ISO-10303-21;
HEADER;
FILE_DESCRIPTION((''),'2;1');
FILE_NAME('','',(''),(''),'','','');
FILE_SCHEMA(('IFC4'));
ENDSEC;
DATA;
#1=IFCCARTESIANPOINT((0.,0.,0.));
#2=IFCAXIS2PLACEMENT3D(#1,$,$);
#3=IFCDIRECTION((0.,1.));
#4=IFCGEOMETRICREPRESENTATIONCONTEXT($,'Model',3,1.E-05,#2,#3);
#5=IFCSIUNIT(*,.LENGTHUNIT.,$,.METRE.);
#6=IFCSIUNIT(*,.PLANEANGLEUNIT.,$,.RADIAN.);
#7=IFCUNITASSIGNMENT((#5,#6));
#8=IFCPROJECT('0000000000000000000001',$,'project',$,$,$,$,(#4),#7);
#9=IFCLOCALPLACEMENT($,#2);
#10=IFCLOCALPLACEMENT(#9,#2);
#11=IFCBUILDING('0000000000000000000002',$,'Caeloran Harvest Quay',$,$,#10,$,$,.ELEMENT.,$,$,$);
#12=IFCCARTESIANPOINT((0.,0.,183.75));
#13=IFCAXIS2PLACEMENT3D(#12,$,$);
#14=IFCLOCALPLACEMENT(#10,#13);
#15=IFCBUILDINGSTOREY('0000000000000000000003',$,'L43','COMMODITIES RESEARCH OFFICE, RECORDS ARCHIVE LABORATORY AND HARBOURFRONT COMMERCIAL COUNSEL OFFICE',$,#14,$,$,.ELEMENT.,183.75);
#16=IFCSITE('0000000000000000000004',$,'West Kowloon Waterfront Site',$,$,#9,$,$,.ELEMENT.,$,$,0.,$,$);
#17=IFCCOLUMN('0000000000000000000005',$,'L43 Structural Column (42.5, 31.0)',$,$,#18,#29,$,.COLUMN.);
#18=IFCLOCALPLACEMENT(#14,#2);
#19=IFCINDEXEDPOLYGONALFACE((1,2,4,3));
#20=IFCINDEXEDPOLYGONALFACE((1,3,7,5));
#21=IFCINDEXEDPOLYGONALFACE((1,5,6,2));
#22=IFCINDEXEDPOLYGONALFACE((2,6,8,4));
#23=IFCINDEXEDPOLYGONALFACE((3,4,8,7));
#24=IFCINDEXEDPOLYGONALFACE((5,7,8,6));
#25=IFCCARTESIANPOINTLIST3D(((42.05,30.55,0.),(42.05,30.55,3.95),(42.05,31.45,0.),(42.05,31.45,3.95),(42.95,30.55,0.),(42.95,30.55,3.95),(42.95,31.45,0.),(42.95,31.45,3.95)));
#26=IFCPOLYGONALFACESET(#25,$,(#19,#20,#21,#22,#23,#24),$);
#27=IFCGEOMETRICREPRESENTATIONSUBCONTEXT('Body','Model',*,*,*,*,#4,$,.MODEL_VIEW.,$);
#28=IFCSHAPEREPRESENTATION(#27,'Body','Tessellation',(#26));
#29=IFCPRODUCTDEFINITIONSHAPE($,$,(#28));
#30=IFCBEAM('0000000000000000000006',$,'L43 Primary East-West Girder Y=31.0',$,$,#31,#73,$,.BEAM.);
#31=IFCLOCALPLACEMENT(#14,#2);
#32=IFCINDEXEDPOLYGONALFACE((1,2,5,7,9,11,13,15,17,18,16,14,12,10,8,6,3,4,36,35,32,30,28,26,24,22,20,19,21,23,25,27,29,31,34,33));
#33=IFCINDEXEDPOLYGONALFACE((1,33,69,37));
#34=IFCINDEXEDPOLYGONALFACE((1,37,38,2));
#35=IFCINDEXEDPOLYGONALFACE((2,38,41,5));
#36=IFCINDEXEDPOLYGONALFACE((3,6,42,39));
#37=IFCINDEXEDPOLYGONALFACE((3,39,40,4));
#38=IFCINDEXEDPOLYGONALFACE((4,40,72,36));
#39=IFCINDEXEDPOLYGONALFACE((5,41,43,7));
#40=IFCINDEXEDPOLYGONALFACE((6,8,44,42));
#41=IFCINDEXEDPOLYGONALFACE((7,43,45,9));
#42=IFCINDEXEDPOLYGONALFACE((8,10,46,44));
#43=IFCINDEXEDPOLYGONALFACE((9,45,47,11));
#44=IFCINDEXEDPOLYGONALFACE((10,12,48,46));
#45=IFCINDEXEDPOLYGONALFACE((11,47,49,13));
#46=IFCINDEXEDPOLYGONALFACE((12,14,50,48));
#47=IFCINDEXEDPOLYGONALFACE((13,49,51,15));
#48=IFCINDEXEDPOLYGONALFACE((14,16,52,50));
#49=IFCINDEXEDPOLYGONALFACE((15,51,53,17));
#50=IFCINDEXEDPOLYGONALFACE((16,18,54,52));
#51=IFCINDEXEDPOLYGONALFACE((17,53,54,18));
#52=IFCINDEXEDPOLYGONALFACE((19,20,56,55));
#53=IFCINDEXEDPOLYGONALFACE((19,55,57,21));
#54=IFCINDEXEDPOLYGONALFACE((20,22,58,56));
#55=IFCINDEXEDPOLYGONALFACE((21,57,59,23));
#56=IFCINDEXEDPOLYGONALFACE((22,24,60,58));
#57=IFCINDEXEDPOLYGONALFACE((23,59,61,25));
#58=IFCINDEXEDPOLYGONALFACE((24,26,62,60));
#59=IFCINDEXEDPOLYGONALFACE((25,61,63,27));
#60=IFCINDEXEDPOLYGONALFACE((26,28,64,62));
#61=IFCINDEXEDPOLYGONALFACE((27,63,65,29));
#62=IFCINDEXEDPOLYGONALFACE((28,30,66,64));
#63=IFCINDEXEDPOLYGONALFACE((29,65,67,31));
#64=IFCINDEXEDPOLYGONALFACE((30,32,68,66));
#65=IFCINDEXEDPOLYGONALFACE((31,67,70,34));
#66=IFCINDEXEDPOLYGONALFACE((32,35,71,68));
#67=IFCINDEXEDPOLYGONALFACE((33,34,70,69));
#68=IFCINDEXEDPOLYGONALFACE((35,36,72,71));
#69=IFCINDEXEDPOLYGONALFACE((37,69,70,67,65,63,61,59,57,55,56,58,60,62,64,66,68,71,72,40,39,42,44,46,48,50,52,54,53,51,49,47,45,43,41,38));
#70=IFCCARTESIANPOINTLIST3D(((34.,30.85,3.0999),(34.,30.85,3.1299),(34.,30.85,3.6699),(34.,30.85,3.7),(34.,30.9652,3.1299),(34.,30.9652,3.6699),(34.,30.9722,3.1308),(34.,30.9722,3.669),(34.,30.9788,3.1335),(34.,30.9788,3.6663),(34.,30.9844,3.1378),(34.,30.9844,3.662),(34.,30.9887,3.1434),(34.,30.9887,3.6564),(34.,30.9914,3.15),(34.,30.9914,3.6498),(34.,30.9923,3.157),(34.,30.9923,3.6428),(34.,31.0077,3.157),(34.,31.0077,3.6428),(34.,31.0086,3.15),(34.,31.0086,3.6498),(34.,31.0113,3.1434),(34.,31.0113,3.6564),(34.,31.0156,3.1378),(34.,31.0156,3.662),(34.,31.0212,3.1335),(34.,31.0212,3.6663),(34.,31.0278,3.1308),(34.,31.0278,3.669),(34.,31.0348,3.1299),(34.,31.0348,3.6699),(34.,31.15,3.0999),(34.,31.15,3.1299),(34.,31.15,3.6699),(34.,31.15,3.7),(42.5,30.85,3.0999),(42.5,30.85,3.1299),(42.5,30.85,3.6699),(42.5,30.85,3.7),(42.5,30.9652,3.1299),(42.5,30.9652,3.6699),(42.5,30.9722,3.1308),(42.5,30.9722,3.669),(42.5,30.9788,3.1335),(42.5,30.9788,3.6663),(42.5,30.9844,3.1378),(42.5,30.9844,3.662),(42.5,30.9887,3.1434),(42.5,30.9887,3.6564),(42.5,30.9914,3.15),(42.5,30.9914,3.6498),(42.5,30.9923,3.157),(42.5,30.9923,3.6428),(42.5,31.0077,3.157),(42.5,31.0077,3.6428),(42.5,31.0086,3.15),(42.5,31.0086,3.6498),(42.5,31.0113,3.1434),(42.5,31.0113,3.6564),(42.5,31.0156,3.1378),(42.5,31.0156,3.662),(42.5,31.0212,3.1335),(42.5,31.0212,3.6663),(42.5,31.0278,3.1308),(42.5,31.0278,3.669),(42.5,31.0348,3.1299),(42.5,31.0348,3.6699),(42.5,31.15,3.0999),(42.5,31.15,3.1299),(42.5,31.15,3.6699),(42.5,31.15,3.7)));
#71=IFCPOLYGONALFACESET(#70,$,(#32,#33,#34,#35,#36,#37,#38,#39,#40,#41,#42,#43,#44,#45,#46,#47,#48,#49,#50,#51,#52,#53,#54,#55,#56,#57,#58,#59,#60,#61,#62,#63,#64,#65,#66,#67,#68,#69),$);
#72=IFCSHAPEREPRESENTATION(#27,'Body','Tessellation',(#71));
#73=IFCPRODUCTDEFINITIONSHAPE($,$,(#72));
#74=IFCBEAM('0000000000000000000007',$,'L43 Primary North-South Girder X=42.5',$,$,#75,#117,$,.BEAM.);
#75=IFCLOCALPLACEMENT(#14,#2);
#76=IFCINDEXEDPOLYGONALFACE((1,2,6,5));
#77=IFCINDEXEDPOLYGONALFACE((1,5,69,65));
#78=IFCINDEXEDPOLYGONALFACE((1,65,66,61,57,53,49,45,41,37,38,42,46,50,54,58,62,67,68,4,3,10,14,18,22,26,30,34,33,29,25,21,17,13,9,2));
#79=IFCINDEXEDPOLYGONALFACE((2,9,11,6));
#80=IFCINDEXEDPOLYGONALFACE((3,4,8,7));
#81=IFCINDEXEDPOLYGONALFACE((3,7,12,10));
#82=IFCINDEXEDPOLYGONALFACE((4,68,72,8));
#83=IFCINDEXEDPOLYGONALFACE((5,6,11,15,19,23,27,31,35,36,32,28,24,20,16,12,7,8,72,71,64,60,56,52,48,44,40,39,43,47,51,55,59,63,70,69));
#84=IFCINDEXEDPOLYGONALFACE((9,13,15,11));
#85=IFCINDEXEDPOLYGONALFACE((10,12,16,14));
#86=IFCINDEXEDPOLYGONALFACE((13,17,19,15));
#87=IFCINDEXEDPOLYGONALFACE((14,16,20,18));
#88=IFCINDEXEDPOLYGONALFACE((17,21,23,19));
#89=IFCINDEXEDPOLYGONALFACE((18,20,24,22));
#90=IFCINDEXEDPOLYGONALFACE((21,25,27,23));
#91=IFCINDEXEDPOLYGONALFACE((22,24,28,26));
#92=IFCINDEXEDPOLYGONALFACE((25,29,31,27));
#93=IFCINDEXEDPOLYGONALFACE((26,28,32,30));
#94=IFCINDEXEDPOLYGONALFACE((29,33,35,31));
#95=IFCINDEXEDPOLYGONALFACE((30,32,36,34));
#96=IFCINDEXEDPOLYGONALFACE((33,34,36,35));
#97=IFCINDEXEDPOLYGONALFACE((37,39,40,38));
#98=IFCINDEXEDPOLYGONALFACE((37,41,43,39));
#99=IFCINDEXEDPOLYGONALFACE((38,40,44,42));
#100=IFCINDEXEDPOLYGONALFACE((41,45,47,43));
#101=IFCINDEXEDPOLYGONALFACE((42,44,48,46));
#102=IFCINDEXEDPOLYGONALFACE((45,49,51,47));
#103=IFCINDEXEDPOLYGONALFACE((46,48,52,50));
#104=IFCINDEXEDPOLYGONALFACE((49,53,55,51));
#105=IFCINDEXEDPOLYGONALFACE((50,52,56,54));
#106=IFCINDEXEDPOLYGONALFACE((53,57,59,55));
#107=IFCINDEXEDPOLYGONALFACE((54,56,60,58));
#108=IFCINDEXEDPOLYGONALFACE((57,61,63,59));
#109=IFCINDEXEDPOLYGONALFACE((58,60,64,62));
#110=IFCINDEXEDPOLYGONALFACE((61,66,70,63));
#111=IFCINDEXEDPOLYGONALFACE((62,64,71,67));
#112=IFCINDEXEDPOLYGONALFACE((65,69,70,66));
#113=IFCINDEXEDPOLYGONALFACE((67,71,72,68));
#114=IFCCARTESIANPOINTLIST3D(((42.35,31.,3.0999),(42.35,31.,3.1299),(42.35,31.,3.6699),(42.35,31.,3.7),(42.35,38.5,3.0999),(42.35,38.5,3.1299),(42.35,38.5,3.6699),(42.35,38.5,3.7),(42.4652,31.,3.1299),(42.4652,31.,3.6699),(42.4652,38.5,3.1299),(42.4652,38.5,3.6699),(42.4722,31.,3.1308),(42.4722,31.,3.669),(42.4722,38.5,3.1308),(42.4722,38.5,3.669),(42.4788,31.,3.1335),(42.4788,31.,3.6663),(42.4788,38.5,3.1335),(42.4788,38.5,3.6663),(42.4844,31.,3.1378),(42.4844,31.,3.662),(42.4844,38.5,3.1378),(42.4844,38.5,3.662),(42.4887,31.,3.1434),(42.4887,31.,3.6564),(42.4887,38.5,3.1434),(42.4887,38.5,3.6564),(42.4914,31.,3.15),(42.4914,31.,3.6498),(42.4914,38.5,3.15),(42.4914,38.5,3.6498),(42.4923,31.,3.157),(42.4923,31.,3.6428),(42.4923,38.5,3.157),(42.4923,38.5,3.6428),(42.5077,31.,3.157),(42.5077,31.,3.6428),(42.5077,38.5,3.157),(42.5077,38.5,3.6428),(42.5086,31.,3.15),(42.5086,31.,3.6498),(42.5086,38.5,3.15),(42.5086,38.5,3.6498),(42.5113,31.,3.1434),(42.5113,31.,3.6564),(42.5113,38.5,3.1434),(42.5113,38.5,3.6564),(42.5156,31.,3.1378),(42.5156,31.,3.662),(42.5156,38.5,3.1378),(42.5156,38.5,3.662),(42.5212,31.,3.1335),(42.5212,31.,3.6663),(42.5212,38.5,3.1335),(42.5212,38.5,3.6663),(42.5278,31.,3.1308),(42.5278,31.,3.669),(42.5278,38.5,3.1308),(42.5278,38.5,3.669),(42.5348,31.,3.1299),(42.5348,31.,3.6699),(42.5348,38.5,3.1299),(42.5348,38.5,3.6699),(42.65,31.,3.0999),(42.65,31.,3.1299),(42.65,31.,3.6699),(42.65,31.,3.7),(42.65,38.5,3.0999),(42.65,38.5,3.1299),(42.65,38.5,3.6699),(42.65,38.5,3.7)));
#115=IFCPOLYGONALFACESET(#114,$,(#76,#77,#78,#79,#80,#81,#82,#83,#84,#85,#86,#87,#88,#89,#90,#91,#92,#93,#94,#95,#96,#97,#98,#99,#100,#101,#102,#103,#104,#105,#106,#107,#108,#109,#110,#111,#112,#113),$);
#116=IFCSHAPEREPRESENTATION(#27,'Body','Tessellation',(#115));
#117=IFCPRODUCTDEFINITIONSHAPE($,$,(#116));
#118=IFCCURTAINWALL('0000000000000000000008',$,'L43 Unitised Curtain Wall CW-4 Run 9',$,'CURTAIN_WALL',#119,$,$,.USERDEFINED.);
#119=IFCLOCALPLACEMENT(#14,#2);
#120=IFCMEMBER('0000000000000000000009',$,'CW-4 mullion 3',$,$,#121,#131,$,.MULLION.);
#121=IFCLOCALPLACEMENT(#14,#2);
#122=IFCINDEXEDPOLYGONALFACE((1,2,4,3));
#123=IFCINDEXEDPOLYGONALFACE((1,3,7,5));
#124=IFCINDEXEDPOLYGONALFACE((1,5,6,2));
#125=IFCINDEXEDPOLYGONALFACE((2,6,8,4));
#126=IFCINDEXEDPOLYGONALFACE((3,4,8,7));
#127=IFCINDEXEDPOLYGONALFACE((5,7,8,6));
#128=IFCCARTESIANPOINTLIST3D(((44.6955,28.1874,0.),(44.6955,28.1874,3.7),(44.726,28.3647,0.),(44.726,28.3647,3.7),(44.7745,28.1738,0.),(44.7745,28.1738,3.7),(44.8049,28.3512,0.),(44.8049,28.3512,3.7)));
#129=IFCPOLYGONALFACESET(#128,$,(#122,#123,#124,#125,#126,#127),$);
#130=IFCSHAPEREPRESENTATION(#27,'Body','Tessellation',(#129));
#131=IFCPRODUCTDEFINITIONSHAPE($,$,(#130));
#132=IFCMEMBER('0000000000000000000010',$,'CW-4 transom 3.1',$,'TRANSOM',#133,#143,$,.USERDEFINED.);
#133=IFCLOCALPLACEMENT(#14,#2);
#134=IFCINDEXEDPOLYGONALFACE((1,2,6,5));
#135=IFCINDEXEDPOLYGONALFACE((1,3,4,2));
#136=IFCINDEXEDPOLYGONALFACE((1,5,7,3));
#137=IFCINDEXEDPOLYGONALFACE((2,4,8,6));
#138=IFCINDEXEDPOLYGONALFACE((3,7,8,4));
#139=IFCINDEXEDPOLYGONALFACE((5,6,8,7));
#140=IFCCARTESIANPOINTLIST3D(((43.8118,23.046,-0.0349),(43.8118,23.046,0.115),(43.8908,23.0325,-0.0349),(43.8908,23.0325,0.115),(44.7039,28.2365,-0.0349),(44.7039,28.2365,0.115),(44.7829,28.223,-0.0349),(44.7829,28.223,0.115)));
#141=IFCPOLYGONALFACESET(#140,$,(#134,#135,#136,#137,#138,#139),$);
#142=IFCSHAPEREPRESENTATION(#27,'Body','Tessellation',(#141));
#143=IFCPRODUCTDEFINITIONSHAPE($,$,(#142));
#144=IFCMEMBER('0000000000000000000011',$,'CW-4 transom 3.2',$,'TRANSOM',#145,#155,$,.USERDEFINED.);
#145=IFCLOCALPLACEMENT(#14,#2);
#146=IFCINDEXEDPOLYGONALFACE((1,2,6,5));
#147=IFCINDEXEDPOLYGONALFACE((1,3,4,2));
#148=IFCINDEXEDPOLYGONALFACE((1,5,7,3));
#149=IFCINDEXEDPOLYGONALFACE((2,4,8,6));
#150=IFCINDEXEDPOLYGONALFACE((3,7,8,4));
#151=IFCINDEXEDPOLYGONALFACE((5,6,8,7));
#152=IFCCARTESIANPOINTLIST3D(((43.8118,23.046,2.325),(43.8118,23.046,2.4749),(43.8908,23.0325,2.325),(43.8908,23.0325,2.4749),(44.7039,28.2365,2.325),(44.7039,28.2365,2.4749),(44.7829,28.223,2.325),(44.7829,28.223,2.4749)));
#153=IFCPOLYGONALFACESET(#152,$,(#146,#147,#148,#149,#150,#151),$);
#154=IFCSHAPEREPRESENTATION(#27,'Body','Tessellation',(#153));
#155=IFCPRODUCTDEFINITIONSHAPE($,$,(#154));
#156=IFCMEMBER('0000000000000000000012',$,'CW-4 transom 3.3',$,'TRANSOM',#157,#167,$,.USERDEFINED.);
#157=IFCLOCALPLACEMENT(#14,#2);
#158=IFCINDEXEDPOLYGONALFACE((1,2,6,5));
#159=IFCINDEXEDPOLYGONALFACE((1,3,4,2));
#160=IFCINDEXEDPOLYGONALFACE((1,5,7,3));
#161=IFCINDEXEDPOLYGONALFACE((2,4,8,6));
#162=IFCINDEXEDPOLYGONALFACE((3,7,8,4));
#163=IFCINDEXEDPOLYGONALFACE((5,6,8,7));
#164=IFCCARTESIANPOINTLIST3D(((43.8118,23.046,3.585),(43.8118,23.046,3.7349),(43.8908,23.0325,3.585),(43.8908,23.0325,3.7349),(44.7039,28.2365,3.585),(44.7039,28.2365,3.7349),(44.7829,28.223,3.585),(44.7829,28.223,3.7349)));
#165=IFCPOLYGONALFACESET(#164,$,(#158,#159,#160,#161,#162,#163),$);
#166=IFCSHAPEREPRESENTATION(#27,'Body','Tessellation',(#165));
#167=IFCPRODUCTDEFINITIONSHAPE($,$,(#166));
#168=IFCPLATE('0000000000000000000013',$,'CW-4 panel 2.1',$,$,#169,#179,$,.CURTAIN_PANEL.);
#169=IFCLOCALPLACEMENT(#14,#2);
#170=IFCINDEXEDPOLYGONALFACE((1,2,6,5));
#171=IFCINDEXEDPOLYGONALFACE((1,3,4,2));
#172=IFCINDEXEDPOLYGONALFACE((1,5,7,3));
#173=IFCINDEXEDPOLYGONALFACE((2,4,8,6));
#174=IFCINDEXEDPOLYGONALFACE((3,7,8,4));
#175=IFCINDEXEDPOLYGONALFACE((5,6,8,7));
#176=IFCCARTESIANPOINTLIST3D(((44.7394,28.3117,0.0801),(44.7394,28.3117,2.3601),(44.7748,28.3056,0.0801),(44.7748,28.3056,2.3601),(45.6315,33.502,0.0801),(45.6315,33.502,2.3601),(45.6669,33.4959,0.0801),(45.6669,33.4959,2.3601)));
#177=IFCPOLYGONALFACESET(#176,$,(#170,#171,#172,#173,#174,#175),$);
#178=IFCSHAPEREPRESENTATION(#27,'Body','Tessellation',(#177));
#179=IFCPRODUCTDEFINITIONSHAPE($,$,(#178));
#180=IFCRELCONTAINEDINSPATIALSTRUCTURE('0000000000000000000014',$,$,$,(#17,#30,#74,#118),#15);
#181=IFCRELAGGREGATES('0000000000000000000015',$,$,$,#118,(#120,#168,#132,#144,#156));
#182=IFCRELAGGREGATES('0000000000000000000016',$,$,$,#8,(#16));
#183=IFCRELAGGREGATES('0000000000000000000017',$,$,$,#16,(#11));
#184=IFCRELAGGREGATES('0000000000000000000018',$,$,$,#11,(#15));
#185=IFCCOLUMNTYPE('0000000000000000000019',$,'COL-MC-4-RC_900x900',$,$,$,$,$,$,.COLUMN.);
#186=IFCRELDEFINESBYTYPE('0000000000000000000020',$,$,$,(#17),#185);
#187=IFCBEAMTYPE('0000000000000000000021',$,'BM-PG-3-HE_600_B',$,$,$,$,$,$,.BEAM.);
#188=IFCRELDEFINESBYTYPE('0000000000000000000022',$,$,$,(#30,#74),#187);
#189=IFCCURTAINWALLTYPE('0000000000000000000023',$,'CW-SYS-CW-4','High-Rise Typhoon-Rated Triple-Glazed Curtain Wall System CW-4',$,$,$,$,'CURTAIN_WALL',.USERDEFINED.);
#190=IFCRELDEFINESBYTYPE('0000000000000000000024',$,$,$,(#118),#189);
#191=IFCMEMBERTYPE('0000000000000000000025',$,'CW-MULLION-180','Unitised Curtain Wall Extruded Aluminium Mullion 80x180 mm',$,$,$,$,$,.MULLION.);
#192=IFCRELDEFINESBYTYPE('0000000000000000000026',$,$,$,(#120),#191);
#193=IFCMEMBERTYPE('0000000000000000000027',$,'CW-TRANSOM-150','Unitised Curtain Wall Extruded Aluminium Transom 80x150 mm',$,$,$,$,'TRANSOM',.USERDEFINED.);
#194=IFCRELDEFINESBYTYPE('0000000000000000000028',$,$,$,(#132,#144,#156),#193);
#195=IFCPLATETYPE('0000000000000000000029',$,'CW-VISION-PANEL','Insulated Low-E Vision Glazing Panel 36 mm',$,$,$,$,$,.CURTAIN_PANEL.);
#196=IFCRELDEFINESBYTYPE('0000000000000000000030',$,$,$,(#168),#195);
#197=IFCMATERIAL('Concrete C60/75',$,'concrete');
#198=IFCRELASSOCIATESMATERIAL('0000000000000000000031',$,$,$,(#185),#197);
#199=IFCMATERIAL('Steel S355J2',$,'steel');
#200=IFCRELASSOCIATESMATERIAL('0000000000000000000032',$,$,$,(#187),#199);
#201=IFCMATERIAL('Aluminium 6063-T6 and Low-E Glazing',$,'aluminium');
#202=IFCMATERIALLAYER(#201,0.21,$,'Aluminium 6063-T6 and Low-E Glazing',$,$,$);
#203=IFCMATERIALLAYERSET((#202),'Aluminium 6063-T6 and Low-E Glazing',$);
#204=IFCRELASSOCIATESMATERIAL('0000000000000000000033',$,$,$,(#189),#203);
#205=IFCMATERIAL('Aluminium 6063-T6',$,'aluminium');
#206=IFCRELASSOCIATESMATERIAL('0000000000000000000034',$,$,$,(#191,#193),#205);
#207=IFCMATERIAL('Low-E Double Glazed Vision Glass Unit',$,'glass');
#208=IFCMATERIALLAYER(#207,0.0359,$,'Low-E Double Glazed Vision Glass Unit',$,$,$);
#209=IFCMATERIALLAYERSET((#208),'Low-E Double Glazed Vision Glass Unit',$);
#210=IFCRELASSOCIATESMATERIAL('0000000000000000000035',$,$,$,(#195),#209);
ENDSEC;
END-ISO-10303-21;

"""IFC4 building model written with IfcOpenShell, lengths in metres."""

from ifc_helpers import new_model, si_unit, direction, frame, origin, origin_2d, place, context, subcontext, project, spatial, rectangle, i_section, extrude, material, layer, layer_set, material_profile, profile_set, type_object, element, aggregate, save


model = new_model("IFC4")

# Units and contexts
model_context = context("Model", 3, precision=1e-05, world=origin(), true_north=direction((0.0, 1.0)))
body_context = subcontext(model_context, "Body", "Model", "MODEL_VIEW")
ifc_project = project(units=[si_unit("LENGTHUNIT", "METRE"), si_unit("PLANEANGLEUNIT", "RADIAN")], contexts=[model_context])

# Site, building, storey
site_placement = place(None, origin())
site = spatial("IfcSite", under=ifc_project, at=site_placement, Name="West Kowloon Waterfront Site", CompositionType="ELEMENT", RefElevation=0.0)
building_placement = place(site_placement, origin())
building = spatial("IfcBuilding", under=site, at=building_placement, Name="Caeloran Harvest Quay", CompositionType="ELEMENT")
storey_placement = place(building_placement, frame((0.0, 0.0, 183.75)))
storey = spatial("IfcBuildingStorey", under=building, at=storey_placement, Name="L43", Description="COMMODITIES RESEARCH OFFICE, RECORDS ARCHIVE LABORATORY AND HARBOURFRONT COMMERCIAL COUNSEL OFFICE", CompositionType="ELEMENT", Elevation=183.75)

# Column
ifc_material_1 = material(Name="Concrete C60/75", Category="concrete")
ifc_material_profile_1 = material_profile(ifc_material_1, rectangle(XDim=0.8999, YDim=0.8999, at=origin_2d()), Name="RC 900x900")
ifc_profile_set_1 = profile_set([ifc_material_profile_1], Name="Concrete C60/75")
column_type = type_object("IfcColumnType", Name="COL-MC-4-RC_900x900", PredefinedType="COLUMN", material=ifc_profile_set_1)
column_placement = place(storey_placement, frame((42.5, 31.0, 0.0), z_axis=(0.0, 0.0, 1.0), x_axis=(1.0, 0.0, 0.0)))
element("IfcColumn", 1, at=column_placement, inside=storey, type_object=column_type, Name="L43 Structural Column (42.5, 31.0)", PredefinedType="COLUMN", context=body_context, shape_type="SweptSolid", body=[
    extrude(rectangle(XDim=0.8999, YDim=0.8999, at=origin_2d()), origin(), (0.0, 0.0, 1.0), 3.95),
])

# Beams
ifc_material_2 = material(Name="Steel S355J2", Category="steel")
ifc_material_profile_2 = material_profile(ifc_material_2, i_section(OverallWidth=0.3, OverallDepth=0.6001, WebThickness=0.0154, FlangeThickness=0.03, FilletRadius=0.0271, at=origin_2d()), Name="HE 600 B")
ifc_profile_set_2 = profile_set([ifc_material_profile_2], Name="Steel S355J2")
beam_type = type_object("IfcBeamType", Name="BM-PG-3-HE_600_B", PredefinedType="BEAM", material=ifc_profile_set_2)
beam_1_placement = place(storey_placement, frame((34.0, 31.0, 3.3999), z_axis=(1.0, 0.0, 0.0), x_axis=(0.0, 1.0, 0.0)))
element("IfcBeam", 2, at=beam_1_placement, inside=storey, type_object=beam_type, Name="L43 Primary East-West Girder Y=31.0", PredefinedType="BEAM", context=body_context, shape_type="SweptSolid", body=[
    extrude(i_section(OverallWidth=0.3, OverallDepth=0.6001, WebThickness=0.0154, FlangeThickness=0.03, FilletRadius=0.0271, at=origin_2d()), origin(), (0.0, 0.0, 1.0), 8.5),
])
beam_2_placement = place(storey_placement, frame((42.5, 31.0, 3.3999), z_axis=(0.0, 1.0, 0.0), x_axis=(-1.0, 0.0, 0.0)))
element("IfcBeam", 3, at=beam_2_placement, inside=storey, type_object=beam_type, Name="L43 Primary North-South Girder X=42.5", PredefinedType="BEAM", context=body_context, shape_type="SweptSolid", body=[
    extrude(i_section(OverallWidth=0.3, OverallDepth=0.6001, WebThickness=0.0154, FlangeThickness=0.03, FilletRadius=0.0271, at=origin_2d()), origin(), (0.0, 0.0, 1.0), 7.5),
])

# Curtain wall, members, plate
ifc_material_3 = material(Name="Aluminium 6063-T6 and Low-E Glazing", Category="aluminium")
ifc_layer_1 = layer(ifc_material_3, 0.21, Name="Aluminium 6063-T6 and Low-E Glazing")
ifc_layer_set_1 = layer_set([ifc_layer_1], Name="Aluminium 6063-T6 and Low-E Glazing")
curtain_wall_type = type_object("IfcCurtainWallType", Name="CW-SYS-CW-4", Description="High-Rise Typhoon-Rated Triple-Glazed Curtain Wall System CW-4", ElementType="CURTAIN_WALL", PredefinedType="USERDEFINED", material=ifc_layer_set_1)
curtain_wall_placement = place(storey_placement, origin())
curtain_wall = element("IfcCurtainWall", 4, at=curtain_wall_placement, inside=storey, type_object=curtain_wall_type, Name="L43 Unitised Curtain Wall CW-4 Run 9", ObjectType="CURTAIN_WALL", PredefinedType="USERDEFINED")
ifc_material_4 = material(Name="Aluminium 6063-T6", Category="aluminium")
ifc_material_profile_3 = material_profile(ifc_material_4, rectangle(XDim=0.0801, YDim=0.1799, at=origin_2d()), Name="CW-MULLION-180")
ifc_profile_set_3 = profile_set([ifc_material_profile_3], Name="Aluminium 6063-T6")
member_type_1 = type_object("IfcMemberType", Name="CW-MULLION-180", Description="Unitised Curtain Wall Extruded Aluminium Mullion 80x180 mm", PredefinedType="MULLION", material=ifc_profile_set_3)
member_1_placement = place(storey_placement, frame((44.7502, 28.2693, 0.0), z_axis=(0.0, 0.0, 1.0), x_axis=(0.985549, -0.169392, 0.0)))
member_1 = element("IfcMember", 5, at=member_1_placement, type_object=member_type_1, Name="CW-4 mullion 3", PredefinedType="MULLION", context=body_context, shape_type="SweptSolid", body=[
    extrude(rectangle(XDim=0.0801, YDim=0.1799, at=origin_2d()), origin(), (0.0, 0.0, 1.0), 3.7),
])
ifc_material_profile_4 = material_profile(ifc_material_4, rectangle(XDim=0.0801, YDim=0.1499, at=origin_2d()), Name="CW-TRANSOM-150")
ifc_profile_set_4 = profile_set([ifc_material_profile_4], Name="Aluminium 6063-T6")
member_type_2 = type_object("IfcMemberType", Name="CW-TRANSOM-150", Description="Unitised Curtain Wall Extruded Aluminium Transom 80x150 mm", ElementType="TRANSOM", PredefinedType="USERDEFINED", material=ifc_profile_set_4)
member_2_placement = place(storey_placement, frame((44.7434, 28.2297, 0.04), z_axis=(-0.169388, -0.985549, 0.0), x_axis=(0.985549, -0.169388, 0.0)))
member_2 = element("IfcMember", 6, at=member_2_placement, type_object=member_type_2, Name="CW-4 transom 3.1", ObjectType="TRANSOM", PredefinedType="USERDEFINED", context=body_context, shape_type="SweptSolid", body=[
    extrude(rectangle(XDim=0.0801, YDim=0.1499, at=origin_2d()), origin(), (0.0, 0.0, 1.0), 5.2666),
])
member_3_placement = place(storey_placement, frame((44.7434, 28.2297, 2.3999), z_axis=(-0.169388, -0.985549, 0.0), x_axis=(0.985549, -0.169388, 0.0)))
member_3 = element("IfcMember", 7, at=member_3_placement, type_object=member_type_2, Name="CW-4 transom 3.2", ObjectType="TRANSOM", PredefinedType="USERDEFINED", context=body_context, shape_type="SweptSolid", body=[
    extrude(rectangle(XDim=0.0801, YDim=0.1499, at=origin_2d()), origin(), (0.0, 0.0, 1.0), 5.2666),
])
member_4_placement = place(storey_placement, frame((44.7434, 28.2297, 3.6599), z_axis=(-0.169388, -0.985549, 0.0), x_axis=(0.985549, -0.169388, 0.0)))
member_4 = element("IfcMember", 8, at=member_4_placement, type_object=member_type_2, Name="CW-4 transom 3.3", ObjectType="TRANSOM", PredefinedType="USERDEFINED", context=body_context, shape_type="SweptSolid", body=[
    extrude(rectangle(XDim=0.0801, YDim=0.1499, at=origin_2d()), origin(), (0.0, 0.0, 1.0), 5.2666),
])
ifc_material_5 = material(Name="Low-E Double Glazed Vision Glass Unit", Category="glass")
ifc_layer_2 = layer(ifc_material_5, 0.0359, Name="Low-E Double Glazed Vision Glass Unit")
ifc_layer_set_2 = layer_set([ifc_layer_2], Name="Low-E Double Glazed Vision Glass Unit")
plate_type = type_object("IfcPlateType", Name="CW-VISION-PANEL", Description="Insulated Low-E Vision Glazing Panel 36 mm", PredefinedType="CURTAIN_PANEL", material=ifc_layer_set_2)
plate_1_placement = place(storey_placement, frame((45.2031, 30.9038, 0.0801), z_axis=(0.0, 0.0, 1.0), x_axis=(-0.169392, -0.985549, 0.0)))
plate_1 = element("IfcPlate", 9, at=plate_1_placement, type_object=plate_type, Name="CW-4 panel 2.1", PredefinedType="CURTAIN_PANEL", context=body_context, shape_type="SweptSolid", body=[
    extrude(rectangle(XDim=5.2664, YDim=0.0359, at=origin_2d()), origin(), (0.0, 0.0, 1.0), 2.28),
])
aggregate(curtain_wall, [member_1, plate_1, member_2, member_3, member_4])

save(model, "model.ifc")
